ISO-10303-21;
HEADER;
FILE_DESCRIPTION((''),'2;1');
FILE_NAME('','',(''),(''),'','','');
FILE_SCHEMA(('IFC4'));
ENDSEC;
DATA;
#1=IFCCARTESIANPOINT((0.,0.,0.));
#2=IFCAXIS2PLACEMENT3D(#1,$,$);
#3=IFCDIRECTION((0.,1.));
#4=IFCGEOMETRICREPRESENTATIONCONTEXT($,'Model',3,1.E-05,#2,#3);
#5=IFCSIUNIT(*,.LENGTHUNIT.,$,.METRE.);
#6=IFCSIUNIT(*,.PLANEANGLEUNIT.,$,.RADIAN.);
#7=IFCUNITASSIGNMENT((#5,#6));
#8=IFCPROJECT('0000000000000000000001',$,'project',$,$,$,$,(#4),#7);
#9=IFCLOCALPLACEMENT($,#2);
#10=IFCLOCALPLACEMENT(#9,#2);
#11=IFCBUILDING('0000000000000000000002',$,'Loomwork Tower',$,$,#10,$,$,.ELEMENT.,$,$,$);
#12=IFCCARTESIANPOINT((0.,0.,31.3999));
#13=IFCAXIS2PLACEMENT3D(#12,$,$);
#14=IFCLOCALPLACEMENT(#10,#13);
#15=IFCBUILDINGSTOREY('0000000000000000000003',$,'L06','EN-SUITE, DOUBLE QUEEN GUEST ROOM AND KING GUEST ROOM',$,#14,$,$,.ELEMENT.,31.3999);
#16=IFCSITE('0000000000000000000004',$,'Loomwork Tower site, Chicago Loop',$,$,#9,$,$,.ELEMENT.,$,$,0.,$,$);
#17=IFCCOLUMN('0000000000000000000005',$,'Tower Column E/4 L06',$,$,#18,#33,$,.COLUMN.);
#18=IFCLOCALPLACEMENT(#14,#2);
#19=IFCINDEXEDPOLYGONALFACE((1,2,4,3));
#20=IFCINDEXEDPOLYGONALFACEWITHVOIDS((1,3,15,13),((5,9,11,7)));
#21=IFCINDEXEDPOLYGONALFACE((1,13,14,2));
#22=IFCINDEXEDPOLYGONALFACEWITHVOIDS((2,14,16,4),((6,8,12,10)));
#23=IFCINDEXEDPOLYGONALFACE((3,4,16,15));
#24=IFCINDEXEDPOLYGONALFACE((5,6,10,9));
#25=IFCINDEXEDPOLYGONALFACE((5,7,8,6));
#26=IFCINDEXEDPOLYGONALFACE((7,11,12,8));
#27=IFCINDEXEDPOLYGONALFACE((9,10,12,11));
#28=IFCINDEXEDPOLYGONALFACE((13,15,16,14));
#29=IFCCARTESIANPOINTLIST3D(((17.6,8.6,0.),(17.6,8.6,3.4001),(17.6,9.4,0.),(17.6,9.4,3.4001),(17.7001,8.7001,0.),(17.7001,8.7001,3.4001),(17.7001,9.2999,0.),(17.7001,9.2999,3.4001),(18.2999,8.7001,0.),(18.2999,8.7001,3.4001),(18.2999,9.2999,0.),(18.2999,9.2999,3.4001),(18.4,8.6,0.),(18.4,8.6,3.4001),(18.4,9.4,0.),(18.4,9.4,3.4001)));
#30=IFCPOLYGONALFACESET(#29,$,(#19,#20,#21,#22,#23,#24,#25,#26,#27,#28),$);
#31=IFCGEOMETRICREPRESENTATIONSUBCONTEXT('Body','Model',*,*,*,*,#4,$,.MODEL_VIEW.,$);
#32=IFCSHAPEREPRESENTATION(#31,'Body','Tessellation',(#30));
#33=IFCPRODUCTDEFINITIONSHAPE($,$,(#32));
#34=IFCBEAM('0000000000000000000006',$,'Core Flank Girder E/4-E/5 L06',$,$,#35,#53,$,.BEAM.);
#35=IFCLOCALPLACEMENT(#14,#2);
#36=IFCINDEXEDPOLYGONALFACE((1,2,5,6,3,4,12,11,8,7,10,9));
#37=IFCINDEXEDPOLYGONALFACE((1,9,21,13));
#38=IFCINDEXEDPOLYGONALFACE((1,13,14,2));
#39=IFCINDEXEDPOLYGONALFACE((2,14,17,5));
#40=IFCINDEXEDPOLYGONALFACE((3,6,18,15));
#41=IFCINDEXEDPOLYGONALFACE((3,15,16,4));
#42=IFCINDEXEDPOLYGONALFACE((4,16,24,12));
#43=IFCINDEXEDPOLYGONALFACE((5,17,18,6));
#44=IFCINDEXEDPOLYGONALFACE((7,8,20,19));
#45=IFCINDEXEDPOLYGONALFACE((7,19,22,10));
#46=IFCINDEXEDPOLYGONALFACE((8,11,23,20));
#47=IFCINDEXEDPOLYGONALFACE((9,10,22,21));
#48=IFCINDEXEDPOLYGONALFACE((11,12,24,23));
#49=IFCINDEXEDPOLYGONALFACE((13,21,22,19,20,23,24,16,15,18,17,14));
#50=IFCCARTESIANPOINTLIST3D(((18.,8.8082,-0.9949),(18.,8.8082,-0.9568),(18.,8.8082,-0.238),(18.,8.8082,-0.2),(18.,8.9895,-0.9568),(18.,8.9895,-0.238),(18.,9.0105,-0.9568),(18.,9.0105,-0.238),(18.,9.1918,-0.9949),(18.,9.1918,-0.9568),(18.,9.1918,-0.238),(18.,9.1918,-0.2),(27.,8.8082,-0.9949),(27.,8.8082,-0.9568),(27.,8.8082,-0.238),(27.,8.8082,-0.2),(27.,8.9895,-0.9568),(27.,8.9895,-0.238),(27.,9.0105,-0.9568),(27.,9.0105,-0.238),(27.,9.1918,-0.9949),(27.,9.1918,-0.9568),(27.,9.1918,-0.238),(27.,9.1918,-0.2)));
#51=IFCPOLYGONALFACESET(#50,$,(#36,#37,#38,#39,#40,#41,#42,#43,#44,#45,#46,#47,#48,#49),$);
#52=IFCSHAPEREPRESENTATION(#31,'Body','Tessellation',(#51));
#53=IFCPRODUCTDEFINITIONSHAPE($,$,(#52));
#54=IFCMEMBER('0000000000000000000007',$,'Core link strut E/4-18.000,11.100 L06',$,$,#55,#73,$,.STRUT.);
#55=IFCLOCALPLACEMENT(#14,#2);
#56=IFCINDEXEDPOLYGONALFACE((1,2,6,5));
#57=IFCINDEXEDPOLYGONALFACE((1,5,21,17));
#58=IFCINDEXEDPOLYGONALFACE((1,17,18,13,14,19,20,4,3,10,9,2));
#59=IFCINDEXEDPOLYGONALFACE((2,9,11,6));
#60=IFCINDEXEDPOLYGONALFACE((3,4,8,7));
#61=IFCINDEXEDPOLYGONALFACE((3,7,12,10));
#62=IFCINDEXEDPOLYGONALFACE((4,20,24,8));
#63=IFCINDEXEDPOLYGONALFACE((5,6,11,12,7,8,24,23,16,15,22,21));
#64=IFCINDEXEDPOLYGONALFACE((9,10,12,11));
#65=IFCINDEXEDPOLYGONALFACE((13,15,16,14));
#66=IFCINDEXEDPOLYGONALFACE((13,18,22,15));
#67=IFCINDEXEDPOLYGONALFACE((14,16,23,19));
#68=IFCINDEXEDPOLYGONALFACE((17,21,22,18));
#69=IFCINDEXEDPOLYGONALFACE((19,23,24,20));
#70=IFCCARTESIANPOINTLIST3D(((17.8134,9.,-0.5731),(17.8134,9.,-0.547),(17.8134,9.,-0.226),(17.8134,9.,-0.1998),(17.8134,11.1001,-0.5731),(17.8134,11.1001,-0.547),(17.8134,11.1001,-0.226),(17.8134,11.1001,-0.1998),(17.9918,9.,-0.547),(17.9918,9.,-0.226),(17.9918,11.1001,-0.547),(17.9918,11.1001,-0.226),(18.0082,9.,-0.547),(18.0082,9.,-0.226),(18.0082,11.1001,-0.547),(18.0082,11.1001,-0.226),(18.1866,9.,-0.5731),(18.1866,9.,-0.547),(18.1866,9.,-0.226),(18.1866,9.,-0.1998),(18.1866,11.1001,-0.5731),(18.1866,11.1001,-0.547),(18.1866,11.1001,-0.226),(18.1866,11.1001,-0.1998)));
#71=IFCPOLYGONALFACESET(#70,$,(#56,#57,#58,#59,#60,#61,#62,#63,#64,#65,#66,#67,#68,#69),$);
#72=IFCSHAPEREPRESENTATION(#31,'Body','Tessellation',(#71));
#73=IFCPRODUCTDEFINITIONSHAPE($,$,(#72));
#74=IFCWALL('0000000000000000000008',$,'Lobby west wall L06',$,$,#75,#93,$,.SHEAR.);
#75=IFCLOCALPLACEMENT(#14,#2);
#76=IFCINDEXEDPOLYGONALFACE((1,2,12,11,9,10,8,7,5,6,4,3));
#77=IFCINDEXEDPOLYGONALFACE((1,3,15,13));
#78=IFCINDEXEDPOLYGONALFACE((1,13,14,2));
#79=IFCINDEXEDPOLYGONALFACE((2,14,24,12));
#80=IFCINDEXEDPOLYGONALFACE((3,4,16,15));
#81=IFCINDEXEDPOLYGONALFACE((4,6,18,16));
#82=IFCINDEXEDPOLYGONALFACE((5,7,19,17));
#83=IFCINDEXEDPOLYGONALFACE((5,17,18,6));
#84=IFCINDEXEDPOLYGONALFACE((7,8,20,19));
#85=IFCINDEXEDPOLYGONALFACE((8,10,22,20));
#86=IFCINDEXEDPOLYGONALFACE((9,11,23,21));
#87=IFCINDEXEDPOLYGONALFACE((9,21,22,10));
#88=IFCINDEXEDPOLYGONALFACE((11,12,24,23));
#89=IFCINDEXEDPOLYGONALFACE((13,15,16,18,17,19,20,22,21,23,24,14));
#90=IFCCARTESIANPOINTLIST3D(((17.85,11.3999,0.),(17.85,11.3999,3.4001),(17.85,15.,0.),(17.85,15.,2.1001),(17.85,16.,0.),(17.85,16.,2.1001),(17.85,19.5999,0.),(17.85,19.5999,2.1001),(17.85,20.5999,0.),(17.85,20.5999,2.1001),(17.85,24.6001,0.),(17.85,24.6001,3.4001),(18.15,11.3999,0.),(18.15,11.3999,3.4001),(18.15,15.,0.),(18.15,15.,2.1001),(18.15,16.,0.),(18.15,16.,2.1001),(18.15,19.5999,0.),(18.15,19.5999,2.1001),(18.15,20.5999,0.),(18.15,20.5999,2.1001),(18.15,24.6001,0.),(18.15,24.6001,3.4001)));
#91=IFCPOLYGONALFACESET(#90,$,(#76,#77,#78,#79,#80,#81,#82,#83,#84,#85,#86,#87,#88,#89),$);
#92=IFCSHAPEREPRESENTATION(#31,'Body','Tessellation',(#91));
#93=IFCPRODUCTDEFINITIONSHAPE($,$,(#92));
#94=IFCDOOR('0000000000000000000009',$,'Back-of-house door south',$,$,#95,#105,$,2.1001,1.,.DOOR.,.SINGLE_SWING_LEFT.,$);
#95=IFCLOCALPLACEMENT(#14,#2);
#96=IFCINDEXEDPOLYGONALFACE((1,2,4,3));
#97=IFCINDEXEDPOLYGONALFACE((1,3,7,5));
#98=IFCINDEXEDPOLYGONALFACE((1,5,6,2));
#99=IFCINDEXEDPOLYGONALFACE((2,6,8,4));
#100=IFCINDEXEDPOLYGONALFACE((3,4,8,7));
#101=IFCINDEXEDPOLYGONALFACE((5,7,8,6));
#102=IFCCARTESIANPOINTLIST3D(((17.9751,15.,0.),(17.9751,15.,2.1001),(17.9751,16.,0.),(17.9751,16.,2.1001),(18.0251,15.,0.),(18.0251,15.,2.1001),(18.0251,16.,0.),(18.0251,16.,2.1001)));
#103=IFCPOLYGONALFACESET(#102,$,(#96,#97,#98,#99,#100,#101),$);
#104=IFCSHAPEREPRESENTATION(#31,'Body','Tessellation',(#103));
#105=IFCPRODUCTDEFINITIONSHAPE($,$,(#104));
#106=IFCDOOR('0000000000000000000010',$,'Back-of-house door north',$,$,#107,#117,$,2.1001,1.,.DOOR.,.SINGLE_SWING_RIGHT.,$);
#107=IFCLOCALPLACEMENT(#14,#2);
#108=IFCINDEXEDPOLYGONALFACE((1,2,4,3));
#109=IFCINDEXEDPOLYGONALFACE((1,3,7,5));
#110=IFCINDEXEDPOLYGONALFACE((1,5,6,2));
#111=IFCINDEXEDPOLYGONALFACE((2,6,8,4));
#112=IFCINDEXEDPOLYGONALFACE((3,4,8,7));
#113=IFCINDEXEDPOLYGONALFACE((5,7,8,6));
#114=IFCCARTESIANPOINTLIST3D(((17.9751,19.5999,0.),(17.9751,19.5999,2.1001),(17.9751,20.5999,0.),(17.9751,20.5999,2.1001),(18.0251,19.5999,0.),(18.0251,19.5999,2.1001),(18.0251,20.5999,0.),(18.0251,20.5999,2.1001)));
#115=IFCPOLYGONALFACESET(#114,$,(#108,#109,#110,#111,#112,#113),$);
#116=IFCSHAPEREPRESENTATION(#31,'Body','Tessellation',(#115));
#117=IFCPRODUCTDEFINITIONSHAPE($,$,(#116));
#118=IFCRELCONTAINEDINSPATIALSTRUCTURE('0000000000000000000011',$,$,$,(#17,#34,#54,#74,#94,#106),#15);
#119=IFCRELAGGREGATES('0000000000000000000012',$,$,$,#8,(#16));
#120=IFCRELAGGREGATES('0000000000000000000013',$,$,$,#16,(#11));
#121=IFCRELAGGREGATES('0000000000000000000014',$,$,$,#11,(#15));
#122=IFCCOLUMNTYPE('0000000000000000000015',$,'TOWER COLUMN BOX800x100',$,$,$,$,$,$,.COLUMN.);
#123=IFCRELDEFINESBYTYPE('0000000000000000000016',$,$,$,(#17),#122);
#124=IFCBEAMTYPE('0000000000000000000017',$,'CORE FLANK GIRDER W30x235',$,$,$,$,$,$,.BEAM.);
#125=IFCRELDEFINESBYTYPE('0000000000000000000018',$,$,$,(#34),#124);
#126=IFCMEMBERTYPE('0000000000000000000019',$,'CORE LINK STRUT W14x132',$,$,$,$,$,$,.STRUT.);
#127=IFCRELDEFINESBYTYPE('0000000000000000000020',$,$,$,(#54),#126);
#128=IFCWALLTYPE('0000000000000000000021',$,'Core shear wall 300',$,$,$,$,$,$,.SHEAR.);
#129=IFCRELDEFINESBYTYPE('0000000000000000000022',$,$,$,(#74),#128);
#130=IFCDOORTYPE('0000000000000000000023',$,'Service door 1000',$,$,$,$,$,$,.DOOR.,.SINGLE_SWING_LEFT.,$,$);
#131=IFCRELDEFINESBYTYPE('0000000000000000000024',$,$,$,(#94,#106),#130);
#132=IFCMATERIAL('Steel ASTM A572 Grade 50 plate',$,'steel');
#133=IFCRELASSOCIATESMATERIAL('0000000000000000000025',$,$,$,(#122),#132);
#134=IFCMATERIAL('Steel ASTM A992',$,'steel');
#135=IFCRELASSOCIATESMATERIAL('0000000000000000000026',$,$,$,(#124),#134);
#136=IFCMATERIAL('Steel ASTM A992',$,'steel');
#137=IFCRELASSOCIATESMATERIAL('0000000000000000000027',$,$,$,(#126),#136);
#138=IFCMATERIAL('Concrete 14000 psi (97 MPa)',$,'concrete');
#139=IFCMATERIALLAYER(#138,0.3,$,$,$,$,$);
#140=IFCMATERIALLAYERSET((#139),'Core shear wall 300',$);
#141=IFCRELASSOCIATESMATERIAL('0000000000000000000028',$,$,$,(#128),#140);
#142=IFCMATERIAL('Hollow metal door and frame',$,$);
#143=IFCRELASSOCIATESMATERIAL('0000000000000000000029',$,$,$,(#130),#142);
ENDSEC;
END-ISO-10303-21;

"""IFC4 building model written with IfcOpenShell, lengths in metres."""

from ifc_helpers import new_model, si_unit, direction, frame, frame_2d, origin, origin_2d, place, context, subcontext, project, spatial, rectangle, hollow_rectangle, i_section, extrude, material, layer, layer_set, material_profile, profile_set, type_object, element, fill, save


model = new_model("IFC4")

# Units and contexts
model_context = context("Model", 3, precision=1e-05, world=origin(), true_north=direction((0.0, 1.0)))
body_context = subcontext(model_context, "Body", "Model", "MODEL_VIEW")
ifc_project = project(units=[si_unit("LENGTHUNIT", "METRE"), si_unit("PLANEANGLEUNIT", "RADIAN")], contexts=[model_context])

# Site, building, storey
site_placement = place(None, origin())
site = spatial("IfcSite", under=ifc_project, at=site_placement, Name="Loomwork Tower site, Chicago Loop", CompositionType="ELEMENT", RefElevation=0.0)
building_placement = place(site_placement, origin())
building = spatial("IfcBuilding", under=site, at=building_placement, Name="Loomwork Tower", CompositionType="ELEMENT")
storey_placement = place(building_placement, frame((0.0, 0.0, 31.3999)))
storey = spatial("IfcBuildingStorey", under=building, at=storey_placement, Name="L06", Description="EN-SUITE, DOUBLE QUEEN GUEST ROOM AND KING GUEST ROOM", CompositionType="ELEMENT", Elevation=31.3999)

# Column
ifc_material_1 = material(Name="Steel ASTM A572 Grade 50 plate", Category="steel")
ifc_material_profile_1 = material_profile(ifc_material_1, hollow_rectangle(XDim=0.8, YDim=0.8, WallThickness=0.1001, at=origin_2d()), Name="BOX800x100")
ifc_profile_set_1 = profile_set([ifc_material_profile_1], Name="Steel ASTM A572 Grade 50 plate")
column_type = type_object("IfcColumnType", Name="TOWER COLUMN BOX800x100", PredefinedType="COLUMN", material=ifc_profile_set_1)
column_placement = place(storey_placement, frame((18.0, 9.0, 0.0), z_axis=(0.0, 0.0, 1.0), x_axis=(1.0, 0.0, 0.0)))
element("IfcColumn", 1, at=column_placement, inside=storey, type_object=column_type, Name="Tower Column E/4 L06", PredefinedType="COLUMN", context=body_context, shape_type="SweptSolid", body=[
    extrude(hollow_rectangle(XDim=0.8, YDim=0.8, WallThickness=0.1001, at=origin_2d()), origin(), (0.0, 0.0, 1.0), 3.4001),
])

# Beam
ifc_material_2 = material(Name="Steel ASTM A992", Category="steel")
ifc_material_profile_2 = material_profile(ifc_material_2, i_section(OverallWidth=0.3835, OverallDepth=0.7949, WebThickness=0.021, FlangeThickness=0.0381, at=origin_2d()), Name="W30x235")
ifc_profile_set_2 = profile_set([ifc_material_profile_2], Name="Steel ASTM A992")
beam_type = type_object("IfcBeamType", Name="CORE FLANK GIRDER W30x235", PredefinedType="BEAM", material=ifc_profile_set_2)
beam_placement = place(storey_placement, frame((18.0, 9.0, -0.5974), z_axis=(1.0, 0.0, 0.0), x_axis=(0.0, 1.0, 0.0)))
element("IfcBeam", 2, at=beam_placement, inside=storey, type_object=beam_type, Name="Core Flank Girder E/4-E/5 L06", PredefinedType="BEAM", context=body_context, shape_type="SweptSolid", body=[
    extrude(i_section(OverallWidth=0.3835, OverallDepth=0.7949, WebThickness=0.021, FlangeThickness=0.0381, at=origin_2d()), origin(), (0.0, 0.0, 1.0), 9.0),
])

# Member
ifc_material_3 = material(Name="Steel ASTM A992", Category="steel")
ifc_material_profile_3 = material_profile(ifc_material_3, i_section(OverallWidth=0.3733, OverallDepth=0.3733, WebThickness=0.0164, FlangeThickness=0.0261, at=origin_2d()), Name="W14x132")
ifc_profile_set_3 = profile_set([ifc_material_profile_3], Name="Steel ASTM A992")
member_type = type_object("IfcMemberType", Name="CORE LINK STRUT W14x132", PredefinedType="STRUT", material=ifc_profile_set_3)
member_placement = place(storey_placement, frame((18.0, 9.0, -0.3865), z_axis=(0.0, 1.0, 0.0), x_axis=(-1.0, 0.0, 0.0)))
element("IfcMember", 3, at=member_placement, inside=storey, type_object=member_type, Name="Core link strut E/4-18.000,11.100 L06", PredefinedType="STRUT", context=body_context, shape_type="SweptSolid", body=[
    extrude(i_section(OverallWidth=0.3733, OverallDepth=0.3733, WebThickness=0.0164, FlangeThickness=0.0261, at=origin_2d()), origin(), (0.0, 0.0, 1.0), 2.1001),
])

# Wall, openings, doors
ifc_material_4 = material(Name="Concrete 14000 psi (97 MPa)", Category="concrete")
ifc_layer_1 = layer(ifc_material_4, 0.3)
ifc_layer_set_1 = layer_set([ifc_layer_1], Name="Core shear wall 300")
wall_type_1 = type_object("IfcWallType", Name="Core shear wall 300", PredefinedType="SHEAR", material=ifc_layer_set_1)
wall_1_placement = place(storey_placement, frame((18.0, 11.3999, 0.0), z_axis=(0.0, 0.0, 1.0), x_axis=(0.0, 1.0, 0.0)))
wall_1 = element("IfcWall", 4, at=wall_1_placement, inside=storey, type_object=wall_type_1, Name="Lobby west wall L06", PredefinedType="SHEAR", context=body_context, shape_type="SweptSolid", body=[
    extrude(rectangle(XDim=13.2002, YDim=0.3, at=frame_2d((6.6001, 0.0))), origin(), (0.0, 0.0, 1.0), 3.4001),
])
opening_1_placement = place(wall_1_placement, frame((3.6001, 0.0, 0.0)))
opening_1 = element("IfcOpeningElement", 5, at=opening_1_placement, cuts=wall_1, PredefinedType="OPENING", context=body_context, shape_type="SweptSolid", body=[
    extrude(rectangle(XDim=1.0, YDim=2.1001, at=frame_2d((0.5, 1.05))), frame((0.0, 0.1599, 0.0), z_axis=(0.0, -1.0, 0.0), x_axis=(1.0, 0.0, 0.0)), (0.0, 0.0, 1.0), 0.3201),
])
opening_2_placement = place(wall_1_placement, frame((8.2, 0.0, 0.0)))
opening_2 = element("IfcOpeningElement", 6, at=opening_2_placement, cuts=wall_1, PredefinedType="OPENING", context=body_context, shape_type="SweptSolid", body=[
    extrude(rectangle(XDim=1.0, YDim=2.1001, at=frame_2d((0.5, 1.05))), frame((0.0, 0.1599, 0.0), z_axis=(0.0, -1.0, 0.0), x_axis=(1.0, 0.0, 0.0)), (0.0, 0.0, 1.0), 0.3201),
])
ifc_material_5 = material(Name="Hollow metal door and frame")
door_type_1 = type_object("IfcDoorType", Name="Service door 1000", OperationType="SINGLE_SWING_LEFT", PredefinedType="DOOR", material=ifc_material_5)
door_1_placement = place(opening_1_placement, origin())
door_1 = element("IfcDoor", 7, at=door_1_placement, inside=storey, type_object=door_type_1, Name="Back-of-house door south", OperationType="SINGLE_SWING_LEFT", OverallHeight=2.1001, OverallWidth=1.0, PredefinedType="DOOR", context=body_context, shape_type="SweptSolid", body=[
    extrude(rectangle(XDim=1.0, YDim=2.1001, at=frame_2d((0.5, 1.05))), frame((0.0, 0.0249, 0.0), z_axis=(0.0, -1.0, 0.0), x_axis=(1.0, 0.0, 0.0)), (0.0, 0.0, 1.0), 0.05),
])
fill(opening_1, door_1)
door_2_placement = place(opening_2_placement, origin())
door_2 = element("IfcDoor", 8, at=door_2_placement, inside=storey, type_object=door_type_1, Name="Back-of-house door north", OperationType="SINGLE_SWING_RIGHT", OverallHeight=2.1001, OverallWidth=1.0, PredefinedType="DOOR", context=body_context, shape_type="SweptSolid", body=[
    extrude(rectangle(XDim=1.0, YDim=2.1001, at=frame_2d((0.5, 1.05))), frame((0.0, 0.0249, 0.0), z_axis=(0.0, -1.0, 0.0), x_axis=(1.0, 0.0, 0.0)), (0.0, 0.0, 1.0), 0.05),
])
fill(opening_2, door_2)

save(model, "model.ifc")
